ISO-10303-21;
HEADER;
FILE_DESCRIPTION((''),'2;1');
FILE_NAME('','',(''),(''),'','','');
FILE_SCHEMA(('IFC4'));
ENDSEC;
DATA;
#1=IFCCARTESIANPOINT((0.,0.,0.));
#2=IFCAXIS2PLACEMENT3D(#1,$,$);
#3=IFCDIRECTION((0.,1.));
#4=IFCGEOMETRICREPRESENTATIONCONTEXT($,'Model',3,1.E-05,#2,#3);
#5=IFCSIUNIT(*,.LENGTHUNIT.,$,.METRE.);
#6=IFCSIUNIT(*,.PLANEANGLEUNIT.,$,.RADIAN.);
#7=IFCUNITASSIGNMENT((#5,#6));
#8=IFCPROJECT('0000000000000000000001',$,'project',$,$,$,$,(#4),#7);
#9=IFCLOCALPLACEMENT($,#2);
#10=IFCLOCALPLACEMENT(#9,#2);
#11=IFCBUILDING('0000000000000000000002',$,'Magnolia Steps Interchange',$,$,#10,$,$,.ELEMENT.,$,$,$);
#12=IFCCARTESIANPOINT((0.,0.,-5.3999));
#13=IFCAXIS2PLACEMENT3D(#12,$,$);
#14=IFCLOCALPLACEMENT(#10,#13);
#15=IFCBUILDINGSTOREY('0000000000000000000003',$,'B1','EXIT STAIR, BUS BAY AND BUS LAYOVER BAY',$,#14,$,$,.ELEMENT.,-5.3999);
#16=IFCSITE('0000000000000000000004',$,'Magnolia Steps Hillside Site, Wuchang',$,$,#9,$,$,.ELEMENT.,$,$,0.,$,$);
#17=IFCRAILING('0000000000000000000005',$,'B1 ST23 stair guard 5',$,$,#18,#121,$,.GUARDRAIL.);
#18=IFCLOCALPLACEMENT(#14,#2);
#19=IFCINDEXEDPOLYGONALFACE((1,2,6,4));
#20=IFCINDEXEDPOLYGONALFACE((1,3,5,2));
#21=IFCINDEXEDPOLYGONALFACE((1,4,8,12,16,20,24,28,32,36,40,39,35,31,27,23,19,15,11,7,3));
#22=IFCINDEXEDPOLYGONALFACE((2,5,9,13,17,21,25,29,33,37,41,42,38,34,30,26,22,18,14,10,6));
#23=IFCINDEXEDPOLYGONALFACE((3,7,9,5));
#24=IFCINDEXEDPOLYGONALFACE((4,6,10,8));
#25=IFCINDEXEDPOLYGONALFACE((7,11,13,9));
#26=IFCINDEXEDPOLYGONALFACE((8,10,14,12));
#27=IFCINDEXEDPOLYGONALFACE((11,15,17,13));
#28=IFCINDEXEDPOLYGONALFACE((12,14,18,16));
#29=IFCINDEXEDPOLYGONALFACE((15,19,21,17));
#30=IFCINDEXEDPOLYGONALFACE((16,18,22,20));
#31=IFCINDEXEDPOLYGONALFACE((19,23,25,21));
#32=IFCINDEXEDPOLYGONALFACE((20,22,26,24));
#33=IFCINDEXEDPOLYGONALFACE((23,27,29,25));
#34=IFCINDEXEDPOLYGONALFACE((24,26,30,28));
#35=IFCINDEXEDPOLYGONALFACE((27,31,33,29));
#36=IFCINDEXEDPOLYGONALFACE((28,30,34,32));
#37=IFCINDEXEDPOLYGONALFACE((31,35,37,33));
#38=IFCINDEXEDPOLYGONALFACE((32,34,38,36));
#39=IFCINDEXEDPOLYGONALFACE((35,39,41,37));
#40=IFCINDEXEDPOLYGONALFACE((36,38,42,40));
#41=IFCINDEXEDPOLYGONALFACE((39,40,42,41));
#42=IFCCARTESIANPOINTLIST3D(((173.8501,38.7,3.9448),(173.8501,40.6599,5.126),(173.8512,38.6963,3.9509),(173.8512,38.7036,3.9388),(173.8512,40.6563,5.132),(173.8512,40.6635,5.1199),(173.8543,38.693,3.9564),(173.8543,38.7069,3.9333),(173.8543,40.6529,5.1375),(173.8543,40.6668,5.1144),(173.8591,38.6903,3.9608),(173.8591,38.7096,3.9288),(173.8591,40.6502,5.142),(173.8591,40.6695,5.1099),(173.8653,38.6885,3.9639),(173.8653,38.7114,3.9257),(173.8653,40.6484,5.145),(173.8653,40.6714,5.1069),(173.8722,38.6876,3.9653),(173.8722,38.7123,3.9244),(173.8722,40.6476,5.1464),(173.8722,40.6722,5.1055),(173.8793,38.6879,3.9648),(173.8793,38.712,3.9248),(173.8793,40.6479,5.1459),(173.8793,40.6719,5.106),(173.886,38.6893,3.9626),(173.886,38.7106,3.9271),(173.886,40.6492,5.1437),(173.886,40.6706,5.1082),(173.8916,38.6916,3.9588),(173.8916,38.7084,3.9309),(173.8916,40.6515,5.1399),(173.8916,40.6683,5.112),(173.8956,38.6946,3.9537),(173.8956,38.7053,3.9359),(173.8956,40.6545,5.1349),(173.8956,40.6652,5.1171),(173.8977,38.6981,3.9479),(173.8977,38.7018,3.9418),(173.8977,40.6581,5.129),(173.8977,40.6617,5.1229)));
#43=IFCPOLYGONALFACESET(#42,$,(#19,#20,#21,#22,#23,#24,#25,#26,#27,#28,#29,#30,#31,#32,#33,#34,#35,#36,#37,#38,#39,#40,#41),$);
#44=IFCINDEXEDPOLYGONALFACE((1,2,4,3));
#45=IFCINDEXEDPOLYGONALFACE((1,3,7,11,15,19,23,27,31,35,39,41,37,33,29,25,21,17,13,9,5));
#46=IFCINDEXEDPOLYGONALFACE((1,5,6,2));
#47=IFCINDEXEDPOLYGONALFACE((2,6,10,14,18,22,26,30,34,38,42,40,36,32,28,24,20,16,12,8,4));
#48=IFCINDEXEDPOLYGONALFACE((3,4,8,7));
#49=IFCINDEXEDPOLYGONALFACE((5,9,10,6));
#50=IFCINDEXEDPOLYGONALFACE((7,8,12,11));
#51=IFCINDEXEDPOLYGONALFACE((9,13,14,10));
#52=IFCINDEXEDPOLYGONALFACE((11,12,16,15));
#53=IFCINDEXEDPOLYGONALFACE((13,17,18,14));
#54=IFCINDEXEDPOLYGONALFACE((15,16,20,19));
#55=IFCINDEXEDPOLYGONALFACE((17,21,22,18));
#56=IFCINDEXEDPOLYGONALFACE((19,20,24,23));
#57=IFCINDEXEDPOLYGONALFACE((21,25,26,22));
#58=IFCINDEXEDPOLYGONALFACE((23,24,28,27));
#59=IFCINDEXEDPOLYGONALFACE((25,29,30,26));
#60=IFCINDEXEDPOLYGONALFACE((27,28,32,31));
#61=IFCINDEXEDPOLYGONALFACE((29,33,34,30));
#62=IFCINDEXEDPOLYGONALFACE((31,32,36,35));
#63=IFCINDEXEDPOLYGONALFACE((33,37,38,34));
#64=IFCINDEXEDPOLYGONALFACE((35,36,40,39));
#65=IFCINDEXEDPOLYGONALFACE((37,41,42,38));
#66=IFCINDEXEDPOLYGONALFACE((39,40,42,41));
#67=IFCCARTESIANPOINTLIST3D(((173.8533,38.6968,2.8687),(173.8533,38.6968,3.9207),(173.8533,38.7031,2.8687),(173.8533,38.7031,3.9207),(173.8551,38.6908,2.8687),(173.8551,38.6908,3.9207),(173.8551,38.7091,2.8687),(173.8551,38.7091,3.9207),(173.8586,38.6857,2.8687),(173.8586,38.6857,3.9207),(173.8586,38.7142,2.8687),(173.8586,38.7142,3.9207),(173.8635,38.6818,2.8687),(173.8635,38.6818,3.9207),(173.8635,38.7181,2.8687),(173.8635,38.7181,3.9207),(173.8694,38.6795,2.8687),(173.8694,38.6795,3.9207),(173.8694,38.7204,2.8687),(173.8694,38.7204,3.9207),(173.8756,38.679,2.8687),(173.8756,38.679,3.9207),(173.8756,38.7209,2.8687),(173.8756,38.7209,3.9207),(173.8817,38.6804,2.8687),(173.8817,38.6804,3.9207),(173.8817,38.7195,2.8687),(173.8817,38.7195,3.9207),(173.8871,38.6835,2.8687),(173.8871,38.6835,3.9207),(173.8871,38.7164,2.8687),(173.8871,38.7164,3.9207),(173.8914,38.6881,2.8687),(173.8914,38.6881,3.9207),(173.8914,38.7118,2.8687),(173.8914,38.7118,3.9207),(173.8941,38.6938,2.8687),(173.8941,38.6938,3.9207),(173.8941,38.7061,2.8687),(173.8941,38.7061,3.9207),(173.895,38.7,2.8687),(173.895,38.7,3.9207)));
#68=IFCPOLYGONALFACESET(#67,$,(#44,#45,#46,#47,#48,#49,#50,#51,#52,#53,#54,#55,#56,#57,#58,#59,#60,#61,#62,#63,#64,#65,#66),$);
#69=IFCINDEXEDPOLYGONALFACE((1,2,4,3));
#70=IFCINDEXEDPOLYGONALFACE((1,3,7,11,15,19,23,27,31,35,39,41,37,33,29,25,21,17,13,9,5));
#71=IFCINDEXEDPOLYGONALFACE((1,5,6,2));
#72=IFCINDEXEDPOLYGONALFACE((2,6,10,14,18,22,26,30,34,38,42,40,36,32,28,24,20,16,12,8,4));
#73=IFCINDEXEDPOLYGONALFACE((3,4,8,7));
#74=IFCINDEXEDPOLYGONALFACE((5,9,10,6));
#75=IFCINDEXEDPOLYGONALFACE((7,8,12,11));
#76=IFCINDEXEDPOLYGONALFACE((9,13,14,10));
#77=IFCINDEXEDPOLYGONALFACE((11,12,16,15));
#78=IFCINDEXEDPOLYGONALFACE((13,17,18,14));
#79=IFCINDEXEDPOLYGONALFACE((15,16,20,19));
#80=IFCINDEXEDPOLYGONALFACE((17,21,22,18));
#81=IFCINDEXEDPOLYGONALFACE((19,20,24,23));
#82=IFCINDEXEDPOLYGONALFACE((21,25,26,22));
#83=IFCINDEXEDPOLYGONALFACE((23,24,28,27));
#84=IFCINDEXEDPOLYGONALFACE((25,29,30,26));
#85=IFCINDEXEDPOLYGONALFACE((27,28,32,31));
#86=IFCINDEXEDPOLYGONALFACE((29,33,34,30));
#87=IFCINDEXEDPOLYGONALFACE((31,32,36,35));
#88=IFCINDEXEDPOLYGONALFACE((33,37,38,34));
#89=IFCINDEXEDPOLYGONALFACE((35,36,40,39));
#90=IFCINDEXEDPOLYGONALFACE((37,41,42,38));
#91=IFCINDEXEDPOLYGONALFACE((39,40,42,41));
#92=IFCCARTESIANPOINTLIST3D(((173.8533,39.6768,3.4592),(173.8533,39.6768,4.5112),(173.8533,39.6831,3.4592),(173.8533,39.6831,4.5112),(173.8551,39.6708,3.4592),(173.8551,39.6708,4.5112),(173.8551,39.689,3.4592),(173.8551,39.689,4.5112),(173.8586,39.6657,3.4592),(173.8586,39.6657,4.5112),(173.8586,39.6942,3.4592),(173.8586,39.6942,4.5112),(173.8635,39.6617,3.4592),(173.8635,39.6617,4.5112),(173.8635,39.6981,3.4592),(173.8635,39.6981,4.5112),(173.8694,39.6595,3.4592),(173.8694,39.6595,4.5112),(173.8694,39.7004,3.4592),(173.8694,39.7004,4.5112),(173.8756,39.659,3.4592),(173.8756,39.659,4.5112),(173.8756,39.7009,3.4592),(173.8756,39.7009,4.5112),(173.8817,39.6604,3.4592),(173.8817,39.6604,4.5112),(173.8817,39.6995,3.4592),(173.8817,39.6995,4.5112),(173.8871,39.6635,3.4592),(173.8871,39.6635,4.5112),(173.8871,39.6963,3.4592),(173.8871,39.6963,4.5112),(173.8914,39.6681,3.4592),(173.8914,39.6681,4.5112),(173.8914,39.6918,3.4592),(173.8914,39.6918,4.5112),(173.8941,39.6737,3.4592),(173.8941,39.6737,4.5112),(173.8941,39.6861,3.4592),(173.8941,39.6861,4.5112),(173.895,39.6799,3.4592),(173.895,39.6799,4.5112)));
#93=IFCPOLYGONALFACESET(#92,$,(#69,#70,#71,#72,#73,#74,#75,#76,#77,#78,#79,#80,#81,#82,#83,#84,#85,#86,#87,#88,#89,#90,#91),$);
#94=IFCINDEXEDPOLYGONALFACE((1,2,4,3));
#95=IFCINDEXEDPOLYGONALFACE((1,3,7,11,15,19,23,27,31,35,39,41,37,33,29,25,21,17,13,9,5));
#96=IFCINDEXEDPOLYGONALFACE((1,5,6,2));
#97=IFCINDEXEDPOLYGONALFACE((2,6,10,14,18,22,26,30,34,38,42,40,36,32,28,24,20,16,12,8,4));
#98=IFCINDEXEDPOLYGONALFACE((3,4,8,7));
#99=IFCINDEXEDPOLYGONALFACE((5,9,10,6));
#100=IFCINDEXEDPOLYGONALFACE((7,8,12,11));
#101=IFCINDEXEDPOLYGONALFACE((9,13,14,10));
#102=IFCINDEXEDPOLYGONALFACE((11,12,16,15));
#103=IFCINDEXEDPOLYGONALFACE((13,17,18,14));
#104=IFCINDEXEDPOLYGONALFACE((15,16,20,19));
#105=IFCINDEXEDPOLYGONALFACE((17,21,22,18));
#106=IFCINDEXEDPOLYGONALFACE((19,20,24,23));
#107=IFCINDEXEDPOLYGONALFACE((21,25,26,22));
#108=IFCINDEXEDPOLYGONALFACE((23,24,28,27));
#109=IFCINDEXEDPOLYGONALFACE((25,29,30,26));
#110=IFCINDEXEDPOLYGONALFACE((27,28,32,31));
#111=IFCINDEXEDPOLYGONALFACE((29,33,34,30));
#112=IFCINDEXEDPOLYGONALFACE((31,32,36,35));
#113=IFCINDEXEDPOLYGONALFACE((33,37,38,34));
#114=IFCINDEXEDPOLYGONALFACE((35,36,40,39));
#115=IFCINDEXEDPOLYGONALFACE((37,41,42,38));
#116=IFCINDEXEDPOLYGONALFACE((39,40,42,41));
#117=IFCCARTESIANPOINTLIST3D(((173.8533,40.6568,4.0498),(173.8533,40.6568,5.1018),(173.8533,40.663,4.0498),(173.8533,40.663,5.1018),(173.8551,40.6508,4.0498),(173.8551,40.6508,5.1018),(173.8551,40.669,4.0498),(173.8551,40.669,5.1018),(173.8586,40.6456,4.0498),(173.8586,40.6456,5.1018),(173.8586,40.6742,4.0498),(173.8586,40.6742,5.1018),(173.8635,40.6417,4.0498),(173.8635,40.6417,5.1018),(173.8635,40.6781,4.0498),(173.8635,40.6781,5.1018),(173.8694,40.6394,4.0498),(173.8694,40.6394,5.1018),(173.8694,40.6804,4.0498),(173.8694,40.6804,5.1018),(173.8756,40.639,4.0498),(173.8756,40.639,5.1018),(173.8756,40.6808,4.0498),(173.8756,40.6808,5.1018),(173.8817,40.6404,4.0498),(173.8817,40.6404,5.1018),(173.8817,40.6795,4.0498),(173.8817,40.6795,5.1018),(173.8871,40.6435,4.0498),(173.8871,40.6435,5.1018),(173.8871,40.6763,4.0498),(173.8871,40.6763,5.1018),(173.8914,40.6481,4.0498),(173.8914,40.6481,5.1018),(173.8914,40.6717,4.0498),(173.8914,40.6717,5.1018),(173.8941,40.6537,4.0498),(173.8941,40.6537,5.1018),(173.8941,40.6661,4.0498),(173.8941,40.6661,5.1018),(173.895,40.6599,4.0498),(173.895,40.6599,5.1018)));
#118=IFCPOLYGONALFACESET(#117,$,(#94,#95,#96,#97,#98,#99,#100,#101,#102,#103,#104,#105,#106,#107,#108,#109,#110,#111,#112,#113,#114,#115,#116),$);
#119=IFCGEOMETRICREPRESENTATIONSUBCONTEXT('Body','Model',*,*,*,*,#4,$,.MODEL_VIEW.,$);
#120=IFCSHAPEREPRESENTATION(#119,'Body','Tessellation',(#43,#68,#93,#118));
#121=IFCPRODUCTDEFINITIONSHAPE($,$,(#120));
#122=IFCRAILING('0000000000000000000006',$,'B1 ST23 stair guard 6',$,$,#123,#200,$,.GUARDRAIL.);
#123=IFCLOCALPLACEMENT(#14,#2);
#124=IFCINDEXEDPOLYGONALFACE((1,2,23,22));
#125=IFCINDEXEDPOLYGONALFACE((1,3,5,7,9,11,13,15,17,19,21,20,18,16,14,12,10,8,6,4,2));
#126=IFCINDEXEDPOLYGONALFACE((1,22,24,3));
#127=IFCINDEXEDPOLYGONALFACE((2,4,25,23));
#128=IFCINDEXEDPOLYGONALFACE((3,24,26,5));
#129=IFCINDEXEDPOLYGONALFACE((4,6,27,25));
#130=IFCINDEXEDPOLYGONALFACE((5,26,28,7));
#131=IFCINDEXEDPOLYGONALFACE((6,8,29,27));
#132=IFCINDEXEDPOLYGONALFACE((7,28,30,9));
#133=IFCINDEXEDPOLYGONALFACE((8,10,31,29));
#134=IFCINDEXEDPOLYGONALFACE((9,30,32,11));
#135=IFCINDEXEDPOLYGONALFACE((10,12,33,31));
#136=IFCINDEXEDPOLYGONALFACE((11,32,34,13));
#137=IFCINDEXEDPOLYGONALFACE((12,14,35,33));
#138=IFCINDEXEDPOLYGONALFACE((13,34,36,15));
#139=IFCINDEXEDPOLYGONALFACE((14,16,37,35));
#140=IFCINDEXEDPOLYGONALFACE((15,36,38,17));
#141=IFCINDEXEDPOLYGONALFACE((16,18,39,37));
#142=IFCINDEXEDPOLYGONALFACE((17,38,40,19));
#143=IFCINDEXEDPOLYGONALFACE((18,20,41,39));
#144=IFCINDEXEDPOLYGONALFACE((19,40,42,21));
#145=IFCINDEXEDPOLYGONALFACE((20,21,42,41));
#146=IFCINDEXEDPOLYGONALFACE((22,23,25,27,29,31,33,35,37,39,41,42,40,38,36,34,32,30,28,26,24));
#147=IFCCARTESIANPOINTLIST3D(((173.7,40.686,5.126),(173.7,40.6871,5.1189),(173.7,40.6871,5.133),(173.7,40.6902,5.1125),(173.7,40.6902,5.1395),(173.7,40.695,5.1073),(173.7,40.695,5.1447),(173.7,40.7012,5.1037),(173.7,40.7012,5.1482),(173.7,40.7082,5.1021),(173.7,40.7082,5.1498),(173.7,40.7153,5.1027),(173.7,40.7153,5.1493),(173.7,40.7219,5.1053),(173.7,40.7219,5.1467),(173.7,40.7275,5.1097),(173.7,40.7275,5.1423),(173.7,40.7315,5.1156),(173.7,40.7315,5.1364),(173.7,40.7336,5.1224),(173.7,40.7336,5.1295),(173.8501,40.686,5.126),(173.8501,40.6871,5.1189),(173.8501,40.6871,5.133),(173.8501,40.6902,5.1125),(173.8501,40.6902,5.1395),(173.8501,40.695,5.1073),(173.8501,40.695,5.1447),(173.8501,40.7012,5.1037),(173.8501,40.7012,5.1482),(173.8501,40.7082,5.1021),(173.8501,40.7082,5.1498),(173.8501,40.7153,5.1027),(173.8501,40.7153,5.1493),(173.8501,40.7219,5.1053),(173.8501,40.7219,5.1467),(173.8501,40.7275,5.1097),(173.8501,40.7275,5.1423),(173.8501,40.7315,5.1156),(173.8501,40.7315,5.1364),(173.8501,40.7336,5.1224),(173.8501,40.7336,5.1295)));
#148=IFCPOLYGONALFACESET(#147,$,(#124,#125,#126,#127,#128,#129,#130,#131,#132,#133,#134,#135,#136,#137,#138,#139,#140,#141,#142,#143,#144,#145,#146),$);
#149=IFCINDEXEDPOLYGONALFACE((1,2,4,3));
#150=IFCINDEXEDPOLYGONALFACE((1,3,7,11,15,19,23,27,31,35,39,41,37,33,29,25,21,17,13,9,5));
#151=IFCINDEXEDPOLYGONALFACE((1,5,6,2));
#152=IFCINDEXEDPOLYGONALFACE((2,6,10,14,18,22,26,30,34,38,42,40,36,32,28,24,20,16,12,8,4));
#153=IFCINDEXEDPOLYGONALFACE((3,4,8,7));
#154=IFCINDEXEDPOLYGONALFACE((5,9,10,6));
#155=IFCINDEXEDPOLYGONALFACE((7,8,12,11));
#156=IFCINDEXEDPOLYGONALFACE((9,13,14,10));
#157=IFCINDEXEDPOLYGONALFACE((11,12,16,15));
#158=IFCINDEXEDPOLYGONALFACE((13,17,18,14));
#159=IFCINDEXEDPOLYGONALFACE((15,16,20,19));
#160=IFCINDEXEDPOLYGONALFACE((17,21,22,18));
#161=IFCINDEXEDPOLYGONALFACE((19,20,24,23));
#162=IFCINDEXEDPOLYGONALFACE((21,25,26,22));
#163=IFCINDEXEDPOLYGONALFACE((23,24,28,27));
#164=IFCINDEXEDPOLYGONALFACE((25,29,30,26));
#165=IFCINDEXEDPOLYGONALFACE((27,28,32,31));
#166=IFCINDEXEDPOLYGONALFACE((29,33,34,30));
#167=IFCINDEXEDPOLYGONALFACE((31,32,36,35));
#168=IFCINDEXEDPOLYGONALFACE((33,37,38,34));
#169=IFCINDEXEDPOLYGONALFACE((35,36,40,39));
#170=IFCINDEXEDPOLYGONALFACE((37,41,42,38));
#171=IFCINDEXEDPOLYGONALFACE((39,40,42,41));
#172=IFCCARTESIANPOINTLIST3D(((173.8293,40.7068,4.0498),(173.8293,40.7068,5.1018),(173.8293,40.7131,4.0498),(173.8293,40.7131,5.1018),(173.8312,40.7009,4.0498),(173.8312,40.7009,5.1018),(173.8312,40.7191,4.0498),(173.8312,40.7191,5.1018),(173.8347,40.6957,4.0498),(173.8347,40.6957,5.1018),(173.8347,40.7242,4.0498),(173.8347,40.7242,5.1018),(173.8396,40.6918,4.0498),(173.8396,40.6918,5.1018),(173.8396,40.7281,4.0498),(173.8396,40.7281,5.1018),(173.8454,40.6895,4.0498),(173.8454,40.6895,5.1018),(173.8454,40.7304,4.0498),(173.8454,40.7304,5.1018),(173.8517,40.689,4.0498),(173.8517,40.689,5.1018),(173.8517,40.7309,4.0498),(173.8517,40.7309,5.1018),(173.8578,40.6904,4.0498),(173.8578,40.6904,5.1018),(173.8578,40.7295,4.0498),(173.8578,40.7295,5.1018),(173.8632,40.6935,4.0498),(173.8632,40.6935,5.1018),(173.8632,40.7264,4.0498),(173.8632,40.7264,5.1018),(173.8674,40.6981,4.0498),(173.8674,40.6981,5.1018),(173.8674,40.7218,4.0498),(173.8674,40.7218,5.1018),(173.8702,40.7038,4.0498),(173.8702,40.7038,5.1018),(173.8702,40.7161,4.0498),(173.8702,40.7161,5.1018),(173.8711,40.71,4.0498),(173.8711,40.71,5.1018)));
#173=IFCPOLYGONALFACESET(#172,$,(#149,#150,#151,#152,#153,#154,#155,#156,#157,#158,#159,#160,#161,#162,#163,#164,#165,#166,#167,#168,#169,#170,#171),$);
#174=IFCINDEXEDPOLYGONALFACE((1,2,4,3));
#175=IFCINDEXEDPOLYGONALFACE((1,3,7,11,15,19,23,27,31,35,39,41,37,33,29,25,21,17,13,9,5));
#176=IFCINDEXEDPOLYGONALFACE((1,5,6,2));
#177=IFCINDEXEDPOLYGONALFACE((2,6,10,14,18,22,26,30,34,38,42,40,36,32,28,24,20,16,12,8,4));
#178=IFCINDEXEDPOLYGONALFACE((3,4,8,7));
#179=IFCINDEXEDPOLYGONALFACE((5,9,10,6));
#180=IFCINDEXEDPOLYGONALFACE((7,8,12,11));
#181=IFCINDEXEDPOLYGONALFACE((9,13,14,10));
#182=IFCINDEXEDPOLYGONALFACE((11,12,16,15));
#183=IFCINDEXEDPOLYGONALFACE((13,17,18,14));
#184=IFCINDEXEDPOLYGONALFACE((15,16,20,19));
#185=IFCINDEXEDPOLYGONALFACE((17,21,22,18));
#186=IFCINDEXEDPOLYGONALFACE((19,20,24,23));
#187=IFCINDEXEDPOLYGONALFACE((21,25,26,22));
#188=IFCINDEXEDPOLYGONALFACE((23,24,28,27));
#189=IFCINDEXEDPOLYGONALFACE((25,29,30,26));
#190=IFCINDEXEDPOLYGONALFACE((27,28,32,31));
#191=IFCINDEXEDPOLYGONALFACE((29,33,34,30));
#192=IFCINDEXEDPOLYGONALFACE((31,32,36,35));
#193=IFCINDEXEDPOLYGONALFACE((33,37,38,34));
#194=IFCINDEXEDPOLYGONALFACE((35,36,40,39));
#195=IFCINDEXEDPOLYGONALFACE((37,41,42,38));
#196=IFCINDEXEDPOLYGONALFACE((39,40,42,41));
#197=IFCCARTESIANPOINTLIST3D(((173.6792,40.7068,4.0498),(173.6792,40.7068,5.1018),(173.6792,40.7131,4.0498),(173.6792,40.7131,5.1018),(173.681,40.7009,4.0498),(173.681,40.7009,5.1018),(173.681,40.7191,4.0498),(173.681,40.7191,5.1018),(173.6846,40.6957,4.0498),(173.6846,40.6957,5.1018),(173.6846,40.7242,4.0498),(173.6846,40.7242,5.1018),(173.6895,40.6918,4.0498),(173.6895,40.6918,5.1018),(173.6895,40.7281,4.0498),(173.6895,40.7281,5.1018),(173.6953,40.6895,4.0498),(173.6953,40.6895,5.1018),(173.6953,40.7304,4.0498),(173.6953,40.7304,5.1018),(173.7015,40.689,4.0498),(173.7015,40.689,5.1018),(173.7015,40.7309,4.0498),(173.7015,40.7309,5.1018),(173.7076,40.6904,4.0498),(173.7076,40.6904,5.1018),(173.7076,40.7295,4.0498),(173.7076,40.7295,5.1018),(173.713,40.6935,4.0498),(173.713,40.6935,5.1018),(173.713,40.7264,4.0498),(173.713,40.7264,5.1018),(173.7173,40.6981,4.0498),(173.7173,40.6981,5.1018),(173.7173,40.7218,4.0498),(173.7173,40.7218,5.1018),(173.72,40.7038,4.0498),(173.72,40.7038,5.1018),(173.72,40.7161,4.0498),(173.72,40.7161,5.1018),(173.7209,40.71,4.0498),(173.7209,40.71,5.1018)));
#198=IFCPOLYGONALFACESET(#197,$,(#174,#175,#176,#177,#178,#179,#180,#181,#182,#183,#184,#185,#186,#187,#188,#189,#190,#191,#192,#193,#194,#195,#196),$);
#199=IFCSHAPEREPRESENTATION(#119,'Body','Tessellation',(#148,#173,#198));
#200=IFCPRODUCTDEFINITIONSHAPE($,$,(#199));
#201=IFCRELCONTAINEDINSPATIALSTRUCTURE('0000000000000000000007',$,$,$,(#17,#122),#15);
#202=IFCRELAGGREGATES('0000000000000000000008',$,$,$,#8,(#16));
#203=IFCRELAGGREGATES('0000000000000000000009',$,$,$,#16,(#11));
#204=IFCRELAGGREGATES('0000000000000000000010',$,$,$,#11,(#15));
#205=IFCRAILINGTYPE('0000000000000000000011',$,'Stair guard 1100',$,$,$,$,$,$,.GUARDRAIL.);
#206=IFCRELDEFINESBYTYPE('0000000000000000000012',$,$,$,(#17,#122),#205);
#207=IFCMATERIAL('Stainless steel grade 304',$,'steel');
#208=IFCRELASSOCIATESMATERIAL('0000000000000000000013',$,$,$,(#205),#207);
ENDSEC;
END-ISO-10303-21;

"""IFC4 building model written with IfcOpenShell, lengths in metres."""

from ifc_helpers import new_model, si_unit, direction, frame, origin, origin_2d, place, context, subcontext, project, spatial, circle, extrude, material, type_object, element, save


model = new_model("IFC4")

# Units and contexts
model_context = context("Model", 3, precision=1e-05, world=origin(), true_north=direction((0.0, 1.0)))
body_context = subcontext(model_context, "Body", "Model", "MODEL_VIEW")
ifc_project = project(units=[si_unit("LENGTHUNIT", "METRE"), si_unit("PLANEANGLEUNIT", "RADIAN")], contexts=[model_context])

# Site, building, storey
site_placement = place(None, origin())
site = spatial("IfcSite", under=ifc_project, at=site_placement, Name="Magnolia Steps Hillside Site, Wuchang", CompositionType="ELEMENT", RefElevation=0.0)
building_placement = place(site_placement, origin())
building = spatial("IfcBuilding", under=site, at=building_placement, Name="Magnolia Steps Interchange", CompositionType="ELEMENT")
storey_placement = place(building_placement, frame((0.0, 0.0, -5.3999)))
storey = spatial("IfcBuildingStorey", under=building, at=storey_placement, Name="B1", Description="EXIT STAIR, BUS BAY AND BUS LAYOVER BAY", CompositionType="ELEMENT", Elevation=-5.3999)

# Railings
ifc_material_1 = material(Name="Stainless steel grade 304", Category="steel")
railing_type_1 = type_object("IfcRailingType", Name="Stair guard 1100", PredefinedType="GUARDRAIL", material=ifc_material_1)
railing_1_placement = place(storey_placement, frame((173.874, 38.7, 2.8687)))
element("IfcRailing", 1, at=railing_1_placement, inside=storey, type_object=railing_type_1, Name="B1 ST23 stair guard 5", PredefinedType="GUARDRAIL", context=body_context, shape_type="SweptSolid", body=[
    extrude(circle(Radius=0.0239, at=origin_2d()), frame((0.0, 0.0, 1.0762), z_axis=(0.0, 0.856493, 0.516158), x_axis=(-1.0, 0.0, 0.0)), (0.0, 0.0, 1.0), 2.2883),
    extrude(circle(Radius=0.021, at=origin_2d()), origin(), (0.0, 0.0, 1.0), 1.052),
    extrude(circle(Radius=0.021, at=origin_2d()), frame((0.0, 0.98, 0.5906)), (0.0, 0.0, 1.0), 1.052),
    extrude(circle(Radius=0.021, at=origin_2d()), frame((0.0, 1.96, 1.1812)), (0.0, 0.0, 1.0), 1.052),
])
railing_2_placement = place(storey_placement, frame((173.8501, 40.71, 4.0498)))
element("IfcRailing", 2, at=railing_2_placement, inside=storey, type_object=railing_type_1, Name="B1 ST23 stair guard 6", PredefinedType="GUARDRAIL", context=body_context, shape_type="SweptSolid", body=[
    extrude(circle(Radius=0.0239, at=origin_2d()), frame((0.0, 0.0, 1.0762), z_axis=(-1.0, 0.0, 0.0), x_axis=(0.0, -1.0, 0.0)), (0.0, 0.0, 1.0), 0.1501),
    extrude(circle(Radius=0.021, at=origin_2d()), origin(), (0.0, 0.0, 1.0), 1.052),
    extrude(circle(Radius=0.021, at=origin_2d()), frame((-0.1501, 0.0, 0.0)), (0.0, 0.0, 1.0), 1.052),
])

save(model, "model.ifc")
